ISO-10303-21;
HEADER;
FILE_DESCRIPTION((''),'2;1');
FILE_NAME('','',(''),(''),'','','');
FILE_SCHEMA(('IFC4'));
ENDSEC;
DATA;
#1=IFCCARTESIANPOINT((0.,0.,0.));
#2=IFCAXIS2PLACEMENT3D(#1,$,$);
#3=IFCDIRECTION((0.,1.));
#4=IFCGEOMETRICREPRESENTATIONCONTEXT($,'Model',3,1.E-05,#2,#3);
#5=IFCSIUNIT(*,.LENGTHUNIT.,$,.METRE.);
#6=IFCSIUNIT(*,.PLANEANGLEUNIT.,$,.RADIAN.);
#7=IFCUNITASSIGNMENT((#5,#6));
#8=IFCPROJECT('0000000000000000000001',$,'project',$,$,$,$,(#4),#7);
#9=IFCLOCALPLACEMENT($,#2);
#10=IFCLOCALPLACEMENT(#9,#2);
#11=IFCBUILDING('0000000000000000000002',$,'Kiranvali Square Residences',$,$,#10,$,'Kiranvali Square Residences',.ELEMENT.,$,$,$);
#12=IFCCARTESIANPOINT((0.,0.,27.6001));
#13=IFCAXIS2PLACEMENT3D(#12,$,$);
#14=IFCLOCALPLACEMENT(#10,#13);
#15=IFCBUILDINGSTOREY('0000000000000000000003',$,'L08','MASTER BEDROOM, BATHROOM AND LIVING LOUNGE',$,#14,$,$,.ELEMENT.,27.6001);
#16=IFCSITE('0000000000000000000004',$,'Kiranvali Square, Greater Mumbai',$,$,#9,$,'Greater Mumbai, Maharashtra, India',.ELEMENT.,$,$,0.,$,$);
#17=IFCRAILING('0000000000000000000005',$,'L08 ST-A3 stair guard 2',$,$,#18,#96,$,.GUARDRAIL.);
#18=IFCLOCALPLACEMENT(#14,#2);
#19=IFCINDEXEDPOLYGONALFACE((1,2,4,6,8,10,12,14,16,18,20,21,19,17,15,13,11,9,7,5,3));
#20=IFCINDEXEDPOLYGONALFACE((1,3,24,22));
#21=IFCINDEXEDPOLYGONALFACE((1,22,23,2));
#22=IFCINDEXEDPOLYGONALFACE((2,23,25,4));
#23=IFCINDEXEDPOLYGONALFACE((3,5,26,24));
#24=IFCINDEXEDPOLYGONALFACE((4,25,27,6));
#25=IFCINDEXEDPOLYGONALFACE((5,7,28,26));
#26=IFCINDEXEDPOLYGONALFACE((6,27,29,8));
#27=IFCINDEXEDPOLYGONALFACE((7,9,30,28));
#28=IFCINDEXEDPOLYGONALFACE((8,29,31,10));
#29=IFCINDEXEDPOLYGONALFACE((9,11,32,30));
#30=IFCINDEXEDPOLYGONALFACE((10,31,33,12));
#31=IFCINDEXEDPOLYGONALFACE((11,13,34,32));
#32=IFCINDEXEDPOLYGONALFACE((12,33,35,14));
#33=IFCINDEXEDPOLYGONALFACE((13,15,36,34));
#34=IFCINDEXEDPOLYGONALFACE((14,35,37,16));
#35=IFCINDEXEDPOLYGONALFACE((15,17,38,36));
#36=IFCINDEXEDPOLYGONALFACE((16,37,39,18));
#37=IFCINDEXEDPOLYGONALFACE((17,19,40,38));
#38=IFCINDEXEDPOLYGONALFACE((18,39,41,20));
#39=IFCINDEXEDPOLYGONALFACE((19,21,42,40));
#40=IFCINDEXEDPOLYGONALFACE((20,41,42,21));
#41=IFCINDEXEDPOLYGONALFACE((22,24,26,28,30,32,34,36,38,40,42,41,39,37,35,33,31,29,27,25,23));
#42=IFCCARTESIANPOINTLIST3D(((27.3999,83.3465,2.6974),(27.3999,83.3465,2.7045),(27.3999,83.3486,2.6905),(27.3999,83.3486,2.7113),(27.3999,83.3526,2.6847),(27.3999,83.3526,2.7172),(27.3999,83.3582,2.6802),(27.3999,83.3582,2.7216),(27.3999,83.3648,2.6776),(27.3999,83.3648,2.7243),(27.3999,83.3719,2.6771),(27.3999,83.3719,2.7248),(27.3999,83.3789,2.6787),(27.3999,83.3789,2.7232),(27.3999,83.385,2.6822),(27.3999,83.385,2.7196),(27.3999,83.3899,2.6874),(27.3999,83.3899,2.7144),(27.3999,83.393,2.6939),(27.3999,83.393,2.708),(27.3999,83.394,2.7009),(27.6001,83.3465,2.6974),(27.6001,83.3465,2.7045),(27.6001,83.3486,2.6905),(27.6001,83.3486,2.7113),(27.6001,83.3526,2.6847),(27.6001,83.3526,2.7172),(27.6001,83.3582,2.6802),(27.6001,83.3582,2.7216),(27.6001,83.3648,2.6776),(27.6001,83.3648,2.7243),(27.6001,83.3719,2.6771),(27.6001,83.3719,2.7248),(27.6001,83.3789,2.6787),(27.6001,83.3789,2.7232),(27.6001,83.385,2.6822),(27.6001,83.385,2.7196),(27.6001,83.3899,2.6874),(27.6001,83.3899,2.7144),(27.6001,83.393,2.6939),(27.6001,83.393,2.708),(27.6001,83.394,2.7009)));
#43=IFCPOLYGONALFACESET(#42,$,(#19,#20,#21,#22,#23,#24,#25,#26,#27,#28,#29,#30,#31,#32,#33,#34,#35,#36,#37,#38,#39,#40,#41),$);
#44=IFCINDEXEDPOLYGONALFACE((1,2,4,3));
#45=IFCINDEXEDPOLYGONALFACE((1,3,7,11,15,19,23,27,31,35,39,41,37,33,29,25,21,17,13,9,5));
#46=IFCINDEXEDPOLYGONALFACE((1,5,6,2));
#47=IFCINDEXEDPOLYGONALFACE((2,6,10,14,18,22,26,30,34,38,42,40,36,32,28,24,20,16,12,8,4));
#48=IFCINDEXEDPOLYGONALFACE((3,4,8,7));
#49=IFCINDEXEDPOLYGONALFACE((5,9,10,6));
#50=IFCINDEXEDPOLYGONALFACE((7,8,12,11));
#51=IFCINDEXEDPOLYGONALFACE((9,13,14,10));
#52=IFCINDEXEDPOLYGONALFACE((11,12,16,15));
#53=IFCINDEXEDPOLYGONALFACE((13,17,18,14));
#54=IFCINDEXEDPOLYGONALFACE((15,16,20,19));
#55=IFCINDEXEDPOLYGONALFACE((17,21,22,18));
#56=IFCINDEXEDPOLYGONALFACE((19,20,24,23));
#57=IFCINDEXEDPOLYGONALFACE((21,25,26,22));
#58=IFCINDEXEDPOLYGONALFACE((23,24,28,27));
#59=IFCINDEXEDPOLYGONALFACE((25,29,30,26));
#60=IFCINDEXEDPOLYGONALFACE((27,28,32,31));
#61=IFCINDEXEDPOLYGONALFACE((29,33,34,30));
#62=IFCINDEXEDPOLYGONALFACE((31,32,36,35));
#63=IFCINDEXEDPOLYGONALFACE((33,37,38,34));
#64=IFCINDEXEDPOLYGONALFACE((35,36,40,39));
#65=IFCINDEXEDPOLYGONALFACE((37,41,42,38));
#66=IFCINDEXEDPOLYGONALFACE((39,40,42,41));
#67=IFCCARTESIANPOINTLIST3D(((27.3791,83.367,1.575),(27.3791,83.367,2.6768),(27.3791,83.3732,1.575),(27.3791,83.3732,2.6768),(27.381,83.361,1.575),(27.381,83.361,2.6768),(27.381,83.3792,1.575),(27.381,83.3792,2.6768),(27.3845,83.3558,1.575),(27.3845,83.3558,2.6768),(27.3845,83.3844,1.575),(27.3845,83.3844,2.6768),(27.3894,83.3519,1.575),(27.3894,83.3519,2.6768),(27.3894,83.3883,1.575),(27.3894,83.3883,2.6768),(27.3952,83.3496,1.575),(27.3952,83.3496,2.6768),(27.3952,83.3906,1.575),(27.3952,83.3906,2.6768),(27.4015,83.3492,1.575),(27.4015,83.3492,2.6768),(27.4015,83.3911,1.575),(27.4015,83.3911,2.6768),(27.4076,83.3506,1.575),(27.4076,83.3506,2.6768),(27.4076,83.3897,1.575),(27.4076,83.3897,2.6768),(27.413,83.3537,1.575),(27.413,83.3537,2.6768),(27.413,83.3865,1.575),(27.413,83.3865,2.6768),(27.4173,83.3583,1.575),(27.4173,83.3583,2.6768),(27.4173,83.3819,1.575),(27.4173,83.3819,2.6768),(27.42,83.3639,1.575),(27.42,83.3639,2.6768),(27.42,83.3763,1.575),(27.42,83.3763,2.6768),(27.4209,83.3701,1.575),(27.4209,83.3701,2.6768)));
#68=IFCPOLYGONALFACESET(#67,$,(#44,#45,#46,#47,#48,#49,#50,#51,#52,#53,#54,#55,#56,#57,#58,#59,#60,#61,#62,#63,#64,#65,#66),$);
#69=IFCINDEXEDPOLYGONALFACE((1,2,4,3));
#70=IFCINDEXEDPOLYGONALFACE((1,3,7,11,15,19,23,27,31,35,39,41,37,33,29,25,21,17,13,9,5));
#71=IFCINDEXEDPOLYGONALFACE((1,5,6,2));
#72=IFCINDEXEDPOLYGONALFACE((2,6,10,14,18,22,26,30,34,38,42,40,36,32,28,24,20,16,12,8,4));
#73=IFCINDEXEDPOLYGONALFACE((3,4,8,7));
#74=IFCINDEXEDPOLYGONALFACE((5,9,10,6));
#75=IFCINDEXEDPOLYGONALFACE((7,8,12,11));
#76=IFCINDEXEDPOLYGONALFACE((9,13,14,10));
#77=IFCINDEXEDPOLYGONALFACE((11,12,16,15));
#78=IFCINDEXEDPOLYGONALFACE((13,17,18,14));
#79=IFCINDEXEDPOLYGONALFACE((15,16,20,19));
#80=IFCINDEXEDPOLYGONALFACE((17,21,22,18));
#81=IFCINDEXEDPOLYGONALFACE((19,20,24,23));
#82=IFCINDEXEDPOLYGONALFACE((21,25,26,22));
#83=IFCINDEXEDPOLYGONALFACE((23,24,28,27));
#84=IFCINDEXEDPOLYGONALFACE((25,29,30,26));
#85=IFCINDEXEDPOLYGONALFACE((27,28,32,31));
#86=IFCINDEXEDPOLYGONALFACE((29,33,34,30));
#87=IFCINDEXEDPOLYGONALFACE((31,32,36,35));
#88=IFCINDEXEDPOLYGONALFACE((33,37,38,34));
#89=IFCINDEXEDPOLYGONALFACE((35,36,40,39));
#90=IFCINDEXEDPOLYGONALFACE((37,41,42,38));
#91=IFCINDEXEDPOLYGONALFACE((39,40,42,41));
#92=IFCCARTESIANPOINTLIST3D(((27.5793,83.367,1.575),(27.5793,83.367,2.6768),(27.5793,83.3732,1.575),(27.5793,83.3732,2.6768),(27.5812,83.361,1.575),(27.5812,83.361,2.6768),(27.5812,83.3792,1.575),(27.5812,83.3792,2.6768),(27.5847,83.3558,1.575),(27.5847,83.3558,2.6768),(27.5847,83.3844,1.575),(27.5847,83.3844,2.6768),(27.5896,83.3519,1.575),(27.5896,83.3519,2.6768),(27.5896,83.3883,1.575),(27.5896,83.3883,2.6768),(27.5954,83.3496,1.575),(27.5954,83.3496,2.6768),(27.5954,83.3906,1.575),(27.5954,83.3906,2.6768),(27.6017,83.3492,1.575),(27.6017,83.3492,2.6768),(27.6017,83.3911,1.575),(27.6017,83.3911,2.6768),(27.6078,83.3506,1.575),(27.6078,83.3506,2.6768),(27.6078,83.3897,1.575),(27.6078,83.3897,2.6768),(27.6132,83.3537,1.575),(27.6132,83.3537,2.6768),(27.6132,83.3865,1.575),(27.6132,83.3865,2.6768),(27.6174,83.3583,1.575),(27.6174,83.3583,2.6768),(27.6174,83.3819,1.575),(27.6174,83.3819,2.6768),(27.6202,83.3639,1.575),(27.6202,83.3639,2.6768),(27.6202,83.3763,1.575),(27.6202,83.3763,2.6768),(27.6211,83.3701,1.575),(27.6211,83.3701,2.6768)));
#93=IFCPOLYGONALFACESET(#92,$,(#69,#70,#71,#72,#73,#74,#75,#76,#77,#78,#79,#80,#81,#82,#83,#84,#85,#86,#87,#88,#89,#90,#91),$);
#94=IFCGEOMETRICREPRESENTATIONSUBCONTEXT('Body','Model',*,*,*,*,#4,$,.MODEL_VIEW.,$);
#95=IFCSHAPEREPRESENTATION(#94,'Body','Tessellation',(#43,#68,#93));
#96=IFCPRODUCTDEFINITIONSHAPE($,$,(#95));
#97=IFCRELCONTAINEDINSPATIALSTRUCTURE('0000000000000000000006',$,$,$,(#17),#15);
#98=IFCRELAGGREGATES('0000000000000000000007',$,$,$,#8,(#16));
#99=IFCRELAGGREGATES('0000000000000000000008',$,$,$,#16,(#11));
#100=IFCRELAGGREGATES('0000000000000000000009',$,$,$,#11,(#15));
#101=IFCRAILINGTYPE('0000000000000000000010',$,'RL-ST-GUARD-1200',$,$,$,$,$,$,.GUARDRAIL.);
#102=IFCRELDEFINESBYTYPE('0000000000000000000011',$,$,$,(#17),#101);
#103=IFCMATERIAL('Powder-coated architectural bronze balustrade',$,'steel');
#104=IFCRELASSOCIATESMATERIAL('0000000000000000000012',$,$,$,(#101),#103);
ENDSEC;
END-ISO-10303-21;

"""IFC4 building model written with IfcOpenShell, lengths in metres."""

from ifc_helpers import new_model, si_unit, direction, frame, origin, origin_2d, place, context, subcontext, project, spatial, circle, extrude, material, type_object, element, save


model = new_model("IFC4")

# Units and contexts
model_context = context("Model", 3, precision=1e-05, world=origin(), true_north=direction((0.0, 1.0)))
body_context = subcontext(model_context, "Body", "Model", "MODEL_VIEW")
ifc_project = project(units=[si_unit("LENGTHUNIT", "METRE"), si_unit("PLANEANGLEUNIT", "RADIAN")], contexts=[model_context])

# Site, building, storey
site_placement = place(None, origin())
site = spatial("IfcSite", under=ifc_project, at=site_placement, Name="Kiranvali Square, Greater Mumbai", LongName="Greater Mumbai, Maharashtra, India", CompositionType="ELEMENT", RefElevation=0.0)
building_placement = place(site_placement, origin())
building = spatial("IfcBuilding", under=site, at=building_placement, Name="Kiranvali Square Residences", LongName="Kiranvali Square Residences", CompositionType="ELEMENT")
storey_placement = place(building_placement, frame((0.0, 0.0, 27.6001)))
storey = spatial("IfcBuildingStorey", under=building, at=storey_placement, Name="L08", Description="MASTER BEDROOM, BATHROOM AND LIVING LOUNGE", CompositionType="ELEMENT", Elevation=27.6001)

# Railing
ifc_material_1 = material(Name="Powder-coated architectural bronze balustrade", Category="steel")
railing_type_1 = type_object("IfcRailingType", Name="RL-ST-GUARD-1200", PredefinedType="GUARDRAIL", material=ifc_material_1)
railing_1_placement = place(storey_placement, frame((27.3999, 83.3701, 1.575)))
element("IfcRailing", 1, at=railing_1_placement, inside=storey, type_object=railing_type_1, Name="L08 ST-A3 stair guard 2", PredefinedType="GUARDRAIL", context=body_context, shape_type="SweptSolid", body=[
    extrude(circle(Radius=0.0239, at=origin_2d()), frame((0.0, 0.0, 1.126), z_axis=(1.0, 0.0, 0.0), x_axis=(0.0, 1.0, 0.0)), (0.0, 0.0, 1.0), 0.2002),
    extrude(circle(Radius=0.021, at=origin_2d()), origin(), (0.0, 0.0, 1.0), 1.1018),
    extrude(circle(Radius=0.021, at=origin_2d()), frame((0.2002, 0.0, 0.0)), (0.0, 0.0, 1.0), 1.1018),
])

save(model, "model.ifc")
